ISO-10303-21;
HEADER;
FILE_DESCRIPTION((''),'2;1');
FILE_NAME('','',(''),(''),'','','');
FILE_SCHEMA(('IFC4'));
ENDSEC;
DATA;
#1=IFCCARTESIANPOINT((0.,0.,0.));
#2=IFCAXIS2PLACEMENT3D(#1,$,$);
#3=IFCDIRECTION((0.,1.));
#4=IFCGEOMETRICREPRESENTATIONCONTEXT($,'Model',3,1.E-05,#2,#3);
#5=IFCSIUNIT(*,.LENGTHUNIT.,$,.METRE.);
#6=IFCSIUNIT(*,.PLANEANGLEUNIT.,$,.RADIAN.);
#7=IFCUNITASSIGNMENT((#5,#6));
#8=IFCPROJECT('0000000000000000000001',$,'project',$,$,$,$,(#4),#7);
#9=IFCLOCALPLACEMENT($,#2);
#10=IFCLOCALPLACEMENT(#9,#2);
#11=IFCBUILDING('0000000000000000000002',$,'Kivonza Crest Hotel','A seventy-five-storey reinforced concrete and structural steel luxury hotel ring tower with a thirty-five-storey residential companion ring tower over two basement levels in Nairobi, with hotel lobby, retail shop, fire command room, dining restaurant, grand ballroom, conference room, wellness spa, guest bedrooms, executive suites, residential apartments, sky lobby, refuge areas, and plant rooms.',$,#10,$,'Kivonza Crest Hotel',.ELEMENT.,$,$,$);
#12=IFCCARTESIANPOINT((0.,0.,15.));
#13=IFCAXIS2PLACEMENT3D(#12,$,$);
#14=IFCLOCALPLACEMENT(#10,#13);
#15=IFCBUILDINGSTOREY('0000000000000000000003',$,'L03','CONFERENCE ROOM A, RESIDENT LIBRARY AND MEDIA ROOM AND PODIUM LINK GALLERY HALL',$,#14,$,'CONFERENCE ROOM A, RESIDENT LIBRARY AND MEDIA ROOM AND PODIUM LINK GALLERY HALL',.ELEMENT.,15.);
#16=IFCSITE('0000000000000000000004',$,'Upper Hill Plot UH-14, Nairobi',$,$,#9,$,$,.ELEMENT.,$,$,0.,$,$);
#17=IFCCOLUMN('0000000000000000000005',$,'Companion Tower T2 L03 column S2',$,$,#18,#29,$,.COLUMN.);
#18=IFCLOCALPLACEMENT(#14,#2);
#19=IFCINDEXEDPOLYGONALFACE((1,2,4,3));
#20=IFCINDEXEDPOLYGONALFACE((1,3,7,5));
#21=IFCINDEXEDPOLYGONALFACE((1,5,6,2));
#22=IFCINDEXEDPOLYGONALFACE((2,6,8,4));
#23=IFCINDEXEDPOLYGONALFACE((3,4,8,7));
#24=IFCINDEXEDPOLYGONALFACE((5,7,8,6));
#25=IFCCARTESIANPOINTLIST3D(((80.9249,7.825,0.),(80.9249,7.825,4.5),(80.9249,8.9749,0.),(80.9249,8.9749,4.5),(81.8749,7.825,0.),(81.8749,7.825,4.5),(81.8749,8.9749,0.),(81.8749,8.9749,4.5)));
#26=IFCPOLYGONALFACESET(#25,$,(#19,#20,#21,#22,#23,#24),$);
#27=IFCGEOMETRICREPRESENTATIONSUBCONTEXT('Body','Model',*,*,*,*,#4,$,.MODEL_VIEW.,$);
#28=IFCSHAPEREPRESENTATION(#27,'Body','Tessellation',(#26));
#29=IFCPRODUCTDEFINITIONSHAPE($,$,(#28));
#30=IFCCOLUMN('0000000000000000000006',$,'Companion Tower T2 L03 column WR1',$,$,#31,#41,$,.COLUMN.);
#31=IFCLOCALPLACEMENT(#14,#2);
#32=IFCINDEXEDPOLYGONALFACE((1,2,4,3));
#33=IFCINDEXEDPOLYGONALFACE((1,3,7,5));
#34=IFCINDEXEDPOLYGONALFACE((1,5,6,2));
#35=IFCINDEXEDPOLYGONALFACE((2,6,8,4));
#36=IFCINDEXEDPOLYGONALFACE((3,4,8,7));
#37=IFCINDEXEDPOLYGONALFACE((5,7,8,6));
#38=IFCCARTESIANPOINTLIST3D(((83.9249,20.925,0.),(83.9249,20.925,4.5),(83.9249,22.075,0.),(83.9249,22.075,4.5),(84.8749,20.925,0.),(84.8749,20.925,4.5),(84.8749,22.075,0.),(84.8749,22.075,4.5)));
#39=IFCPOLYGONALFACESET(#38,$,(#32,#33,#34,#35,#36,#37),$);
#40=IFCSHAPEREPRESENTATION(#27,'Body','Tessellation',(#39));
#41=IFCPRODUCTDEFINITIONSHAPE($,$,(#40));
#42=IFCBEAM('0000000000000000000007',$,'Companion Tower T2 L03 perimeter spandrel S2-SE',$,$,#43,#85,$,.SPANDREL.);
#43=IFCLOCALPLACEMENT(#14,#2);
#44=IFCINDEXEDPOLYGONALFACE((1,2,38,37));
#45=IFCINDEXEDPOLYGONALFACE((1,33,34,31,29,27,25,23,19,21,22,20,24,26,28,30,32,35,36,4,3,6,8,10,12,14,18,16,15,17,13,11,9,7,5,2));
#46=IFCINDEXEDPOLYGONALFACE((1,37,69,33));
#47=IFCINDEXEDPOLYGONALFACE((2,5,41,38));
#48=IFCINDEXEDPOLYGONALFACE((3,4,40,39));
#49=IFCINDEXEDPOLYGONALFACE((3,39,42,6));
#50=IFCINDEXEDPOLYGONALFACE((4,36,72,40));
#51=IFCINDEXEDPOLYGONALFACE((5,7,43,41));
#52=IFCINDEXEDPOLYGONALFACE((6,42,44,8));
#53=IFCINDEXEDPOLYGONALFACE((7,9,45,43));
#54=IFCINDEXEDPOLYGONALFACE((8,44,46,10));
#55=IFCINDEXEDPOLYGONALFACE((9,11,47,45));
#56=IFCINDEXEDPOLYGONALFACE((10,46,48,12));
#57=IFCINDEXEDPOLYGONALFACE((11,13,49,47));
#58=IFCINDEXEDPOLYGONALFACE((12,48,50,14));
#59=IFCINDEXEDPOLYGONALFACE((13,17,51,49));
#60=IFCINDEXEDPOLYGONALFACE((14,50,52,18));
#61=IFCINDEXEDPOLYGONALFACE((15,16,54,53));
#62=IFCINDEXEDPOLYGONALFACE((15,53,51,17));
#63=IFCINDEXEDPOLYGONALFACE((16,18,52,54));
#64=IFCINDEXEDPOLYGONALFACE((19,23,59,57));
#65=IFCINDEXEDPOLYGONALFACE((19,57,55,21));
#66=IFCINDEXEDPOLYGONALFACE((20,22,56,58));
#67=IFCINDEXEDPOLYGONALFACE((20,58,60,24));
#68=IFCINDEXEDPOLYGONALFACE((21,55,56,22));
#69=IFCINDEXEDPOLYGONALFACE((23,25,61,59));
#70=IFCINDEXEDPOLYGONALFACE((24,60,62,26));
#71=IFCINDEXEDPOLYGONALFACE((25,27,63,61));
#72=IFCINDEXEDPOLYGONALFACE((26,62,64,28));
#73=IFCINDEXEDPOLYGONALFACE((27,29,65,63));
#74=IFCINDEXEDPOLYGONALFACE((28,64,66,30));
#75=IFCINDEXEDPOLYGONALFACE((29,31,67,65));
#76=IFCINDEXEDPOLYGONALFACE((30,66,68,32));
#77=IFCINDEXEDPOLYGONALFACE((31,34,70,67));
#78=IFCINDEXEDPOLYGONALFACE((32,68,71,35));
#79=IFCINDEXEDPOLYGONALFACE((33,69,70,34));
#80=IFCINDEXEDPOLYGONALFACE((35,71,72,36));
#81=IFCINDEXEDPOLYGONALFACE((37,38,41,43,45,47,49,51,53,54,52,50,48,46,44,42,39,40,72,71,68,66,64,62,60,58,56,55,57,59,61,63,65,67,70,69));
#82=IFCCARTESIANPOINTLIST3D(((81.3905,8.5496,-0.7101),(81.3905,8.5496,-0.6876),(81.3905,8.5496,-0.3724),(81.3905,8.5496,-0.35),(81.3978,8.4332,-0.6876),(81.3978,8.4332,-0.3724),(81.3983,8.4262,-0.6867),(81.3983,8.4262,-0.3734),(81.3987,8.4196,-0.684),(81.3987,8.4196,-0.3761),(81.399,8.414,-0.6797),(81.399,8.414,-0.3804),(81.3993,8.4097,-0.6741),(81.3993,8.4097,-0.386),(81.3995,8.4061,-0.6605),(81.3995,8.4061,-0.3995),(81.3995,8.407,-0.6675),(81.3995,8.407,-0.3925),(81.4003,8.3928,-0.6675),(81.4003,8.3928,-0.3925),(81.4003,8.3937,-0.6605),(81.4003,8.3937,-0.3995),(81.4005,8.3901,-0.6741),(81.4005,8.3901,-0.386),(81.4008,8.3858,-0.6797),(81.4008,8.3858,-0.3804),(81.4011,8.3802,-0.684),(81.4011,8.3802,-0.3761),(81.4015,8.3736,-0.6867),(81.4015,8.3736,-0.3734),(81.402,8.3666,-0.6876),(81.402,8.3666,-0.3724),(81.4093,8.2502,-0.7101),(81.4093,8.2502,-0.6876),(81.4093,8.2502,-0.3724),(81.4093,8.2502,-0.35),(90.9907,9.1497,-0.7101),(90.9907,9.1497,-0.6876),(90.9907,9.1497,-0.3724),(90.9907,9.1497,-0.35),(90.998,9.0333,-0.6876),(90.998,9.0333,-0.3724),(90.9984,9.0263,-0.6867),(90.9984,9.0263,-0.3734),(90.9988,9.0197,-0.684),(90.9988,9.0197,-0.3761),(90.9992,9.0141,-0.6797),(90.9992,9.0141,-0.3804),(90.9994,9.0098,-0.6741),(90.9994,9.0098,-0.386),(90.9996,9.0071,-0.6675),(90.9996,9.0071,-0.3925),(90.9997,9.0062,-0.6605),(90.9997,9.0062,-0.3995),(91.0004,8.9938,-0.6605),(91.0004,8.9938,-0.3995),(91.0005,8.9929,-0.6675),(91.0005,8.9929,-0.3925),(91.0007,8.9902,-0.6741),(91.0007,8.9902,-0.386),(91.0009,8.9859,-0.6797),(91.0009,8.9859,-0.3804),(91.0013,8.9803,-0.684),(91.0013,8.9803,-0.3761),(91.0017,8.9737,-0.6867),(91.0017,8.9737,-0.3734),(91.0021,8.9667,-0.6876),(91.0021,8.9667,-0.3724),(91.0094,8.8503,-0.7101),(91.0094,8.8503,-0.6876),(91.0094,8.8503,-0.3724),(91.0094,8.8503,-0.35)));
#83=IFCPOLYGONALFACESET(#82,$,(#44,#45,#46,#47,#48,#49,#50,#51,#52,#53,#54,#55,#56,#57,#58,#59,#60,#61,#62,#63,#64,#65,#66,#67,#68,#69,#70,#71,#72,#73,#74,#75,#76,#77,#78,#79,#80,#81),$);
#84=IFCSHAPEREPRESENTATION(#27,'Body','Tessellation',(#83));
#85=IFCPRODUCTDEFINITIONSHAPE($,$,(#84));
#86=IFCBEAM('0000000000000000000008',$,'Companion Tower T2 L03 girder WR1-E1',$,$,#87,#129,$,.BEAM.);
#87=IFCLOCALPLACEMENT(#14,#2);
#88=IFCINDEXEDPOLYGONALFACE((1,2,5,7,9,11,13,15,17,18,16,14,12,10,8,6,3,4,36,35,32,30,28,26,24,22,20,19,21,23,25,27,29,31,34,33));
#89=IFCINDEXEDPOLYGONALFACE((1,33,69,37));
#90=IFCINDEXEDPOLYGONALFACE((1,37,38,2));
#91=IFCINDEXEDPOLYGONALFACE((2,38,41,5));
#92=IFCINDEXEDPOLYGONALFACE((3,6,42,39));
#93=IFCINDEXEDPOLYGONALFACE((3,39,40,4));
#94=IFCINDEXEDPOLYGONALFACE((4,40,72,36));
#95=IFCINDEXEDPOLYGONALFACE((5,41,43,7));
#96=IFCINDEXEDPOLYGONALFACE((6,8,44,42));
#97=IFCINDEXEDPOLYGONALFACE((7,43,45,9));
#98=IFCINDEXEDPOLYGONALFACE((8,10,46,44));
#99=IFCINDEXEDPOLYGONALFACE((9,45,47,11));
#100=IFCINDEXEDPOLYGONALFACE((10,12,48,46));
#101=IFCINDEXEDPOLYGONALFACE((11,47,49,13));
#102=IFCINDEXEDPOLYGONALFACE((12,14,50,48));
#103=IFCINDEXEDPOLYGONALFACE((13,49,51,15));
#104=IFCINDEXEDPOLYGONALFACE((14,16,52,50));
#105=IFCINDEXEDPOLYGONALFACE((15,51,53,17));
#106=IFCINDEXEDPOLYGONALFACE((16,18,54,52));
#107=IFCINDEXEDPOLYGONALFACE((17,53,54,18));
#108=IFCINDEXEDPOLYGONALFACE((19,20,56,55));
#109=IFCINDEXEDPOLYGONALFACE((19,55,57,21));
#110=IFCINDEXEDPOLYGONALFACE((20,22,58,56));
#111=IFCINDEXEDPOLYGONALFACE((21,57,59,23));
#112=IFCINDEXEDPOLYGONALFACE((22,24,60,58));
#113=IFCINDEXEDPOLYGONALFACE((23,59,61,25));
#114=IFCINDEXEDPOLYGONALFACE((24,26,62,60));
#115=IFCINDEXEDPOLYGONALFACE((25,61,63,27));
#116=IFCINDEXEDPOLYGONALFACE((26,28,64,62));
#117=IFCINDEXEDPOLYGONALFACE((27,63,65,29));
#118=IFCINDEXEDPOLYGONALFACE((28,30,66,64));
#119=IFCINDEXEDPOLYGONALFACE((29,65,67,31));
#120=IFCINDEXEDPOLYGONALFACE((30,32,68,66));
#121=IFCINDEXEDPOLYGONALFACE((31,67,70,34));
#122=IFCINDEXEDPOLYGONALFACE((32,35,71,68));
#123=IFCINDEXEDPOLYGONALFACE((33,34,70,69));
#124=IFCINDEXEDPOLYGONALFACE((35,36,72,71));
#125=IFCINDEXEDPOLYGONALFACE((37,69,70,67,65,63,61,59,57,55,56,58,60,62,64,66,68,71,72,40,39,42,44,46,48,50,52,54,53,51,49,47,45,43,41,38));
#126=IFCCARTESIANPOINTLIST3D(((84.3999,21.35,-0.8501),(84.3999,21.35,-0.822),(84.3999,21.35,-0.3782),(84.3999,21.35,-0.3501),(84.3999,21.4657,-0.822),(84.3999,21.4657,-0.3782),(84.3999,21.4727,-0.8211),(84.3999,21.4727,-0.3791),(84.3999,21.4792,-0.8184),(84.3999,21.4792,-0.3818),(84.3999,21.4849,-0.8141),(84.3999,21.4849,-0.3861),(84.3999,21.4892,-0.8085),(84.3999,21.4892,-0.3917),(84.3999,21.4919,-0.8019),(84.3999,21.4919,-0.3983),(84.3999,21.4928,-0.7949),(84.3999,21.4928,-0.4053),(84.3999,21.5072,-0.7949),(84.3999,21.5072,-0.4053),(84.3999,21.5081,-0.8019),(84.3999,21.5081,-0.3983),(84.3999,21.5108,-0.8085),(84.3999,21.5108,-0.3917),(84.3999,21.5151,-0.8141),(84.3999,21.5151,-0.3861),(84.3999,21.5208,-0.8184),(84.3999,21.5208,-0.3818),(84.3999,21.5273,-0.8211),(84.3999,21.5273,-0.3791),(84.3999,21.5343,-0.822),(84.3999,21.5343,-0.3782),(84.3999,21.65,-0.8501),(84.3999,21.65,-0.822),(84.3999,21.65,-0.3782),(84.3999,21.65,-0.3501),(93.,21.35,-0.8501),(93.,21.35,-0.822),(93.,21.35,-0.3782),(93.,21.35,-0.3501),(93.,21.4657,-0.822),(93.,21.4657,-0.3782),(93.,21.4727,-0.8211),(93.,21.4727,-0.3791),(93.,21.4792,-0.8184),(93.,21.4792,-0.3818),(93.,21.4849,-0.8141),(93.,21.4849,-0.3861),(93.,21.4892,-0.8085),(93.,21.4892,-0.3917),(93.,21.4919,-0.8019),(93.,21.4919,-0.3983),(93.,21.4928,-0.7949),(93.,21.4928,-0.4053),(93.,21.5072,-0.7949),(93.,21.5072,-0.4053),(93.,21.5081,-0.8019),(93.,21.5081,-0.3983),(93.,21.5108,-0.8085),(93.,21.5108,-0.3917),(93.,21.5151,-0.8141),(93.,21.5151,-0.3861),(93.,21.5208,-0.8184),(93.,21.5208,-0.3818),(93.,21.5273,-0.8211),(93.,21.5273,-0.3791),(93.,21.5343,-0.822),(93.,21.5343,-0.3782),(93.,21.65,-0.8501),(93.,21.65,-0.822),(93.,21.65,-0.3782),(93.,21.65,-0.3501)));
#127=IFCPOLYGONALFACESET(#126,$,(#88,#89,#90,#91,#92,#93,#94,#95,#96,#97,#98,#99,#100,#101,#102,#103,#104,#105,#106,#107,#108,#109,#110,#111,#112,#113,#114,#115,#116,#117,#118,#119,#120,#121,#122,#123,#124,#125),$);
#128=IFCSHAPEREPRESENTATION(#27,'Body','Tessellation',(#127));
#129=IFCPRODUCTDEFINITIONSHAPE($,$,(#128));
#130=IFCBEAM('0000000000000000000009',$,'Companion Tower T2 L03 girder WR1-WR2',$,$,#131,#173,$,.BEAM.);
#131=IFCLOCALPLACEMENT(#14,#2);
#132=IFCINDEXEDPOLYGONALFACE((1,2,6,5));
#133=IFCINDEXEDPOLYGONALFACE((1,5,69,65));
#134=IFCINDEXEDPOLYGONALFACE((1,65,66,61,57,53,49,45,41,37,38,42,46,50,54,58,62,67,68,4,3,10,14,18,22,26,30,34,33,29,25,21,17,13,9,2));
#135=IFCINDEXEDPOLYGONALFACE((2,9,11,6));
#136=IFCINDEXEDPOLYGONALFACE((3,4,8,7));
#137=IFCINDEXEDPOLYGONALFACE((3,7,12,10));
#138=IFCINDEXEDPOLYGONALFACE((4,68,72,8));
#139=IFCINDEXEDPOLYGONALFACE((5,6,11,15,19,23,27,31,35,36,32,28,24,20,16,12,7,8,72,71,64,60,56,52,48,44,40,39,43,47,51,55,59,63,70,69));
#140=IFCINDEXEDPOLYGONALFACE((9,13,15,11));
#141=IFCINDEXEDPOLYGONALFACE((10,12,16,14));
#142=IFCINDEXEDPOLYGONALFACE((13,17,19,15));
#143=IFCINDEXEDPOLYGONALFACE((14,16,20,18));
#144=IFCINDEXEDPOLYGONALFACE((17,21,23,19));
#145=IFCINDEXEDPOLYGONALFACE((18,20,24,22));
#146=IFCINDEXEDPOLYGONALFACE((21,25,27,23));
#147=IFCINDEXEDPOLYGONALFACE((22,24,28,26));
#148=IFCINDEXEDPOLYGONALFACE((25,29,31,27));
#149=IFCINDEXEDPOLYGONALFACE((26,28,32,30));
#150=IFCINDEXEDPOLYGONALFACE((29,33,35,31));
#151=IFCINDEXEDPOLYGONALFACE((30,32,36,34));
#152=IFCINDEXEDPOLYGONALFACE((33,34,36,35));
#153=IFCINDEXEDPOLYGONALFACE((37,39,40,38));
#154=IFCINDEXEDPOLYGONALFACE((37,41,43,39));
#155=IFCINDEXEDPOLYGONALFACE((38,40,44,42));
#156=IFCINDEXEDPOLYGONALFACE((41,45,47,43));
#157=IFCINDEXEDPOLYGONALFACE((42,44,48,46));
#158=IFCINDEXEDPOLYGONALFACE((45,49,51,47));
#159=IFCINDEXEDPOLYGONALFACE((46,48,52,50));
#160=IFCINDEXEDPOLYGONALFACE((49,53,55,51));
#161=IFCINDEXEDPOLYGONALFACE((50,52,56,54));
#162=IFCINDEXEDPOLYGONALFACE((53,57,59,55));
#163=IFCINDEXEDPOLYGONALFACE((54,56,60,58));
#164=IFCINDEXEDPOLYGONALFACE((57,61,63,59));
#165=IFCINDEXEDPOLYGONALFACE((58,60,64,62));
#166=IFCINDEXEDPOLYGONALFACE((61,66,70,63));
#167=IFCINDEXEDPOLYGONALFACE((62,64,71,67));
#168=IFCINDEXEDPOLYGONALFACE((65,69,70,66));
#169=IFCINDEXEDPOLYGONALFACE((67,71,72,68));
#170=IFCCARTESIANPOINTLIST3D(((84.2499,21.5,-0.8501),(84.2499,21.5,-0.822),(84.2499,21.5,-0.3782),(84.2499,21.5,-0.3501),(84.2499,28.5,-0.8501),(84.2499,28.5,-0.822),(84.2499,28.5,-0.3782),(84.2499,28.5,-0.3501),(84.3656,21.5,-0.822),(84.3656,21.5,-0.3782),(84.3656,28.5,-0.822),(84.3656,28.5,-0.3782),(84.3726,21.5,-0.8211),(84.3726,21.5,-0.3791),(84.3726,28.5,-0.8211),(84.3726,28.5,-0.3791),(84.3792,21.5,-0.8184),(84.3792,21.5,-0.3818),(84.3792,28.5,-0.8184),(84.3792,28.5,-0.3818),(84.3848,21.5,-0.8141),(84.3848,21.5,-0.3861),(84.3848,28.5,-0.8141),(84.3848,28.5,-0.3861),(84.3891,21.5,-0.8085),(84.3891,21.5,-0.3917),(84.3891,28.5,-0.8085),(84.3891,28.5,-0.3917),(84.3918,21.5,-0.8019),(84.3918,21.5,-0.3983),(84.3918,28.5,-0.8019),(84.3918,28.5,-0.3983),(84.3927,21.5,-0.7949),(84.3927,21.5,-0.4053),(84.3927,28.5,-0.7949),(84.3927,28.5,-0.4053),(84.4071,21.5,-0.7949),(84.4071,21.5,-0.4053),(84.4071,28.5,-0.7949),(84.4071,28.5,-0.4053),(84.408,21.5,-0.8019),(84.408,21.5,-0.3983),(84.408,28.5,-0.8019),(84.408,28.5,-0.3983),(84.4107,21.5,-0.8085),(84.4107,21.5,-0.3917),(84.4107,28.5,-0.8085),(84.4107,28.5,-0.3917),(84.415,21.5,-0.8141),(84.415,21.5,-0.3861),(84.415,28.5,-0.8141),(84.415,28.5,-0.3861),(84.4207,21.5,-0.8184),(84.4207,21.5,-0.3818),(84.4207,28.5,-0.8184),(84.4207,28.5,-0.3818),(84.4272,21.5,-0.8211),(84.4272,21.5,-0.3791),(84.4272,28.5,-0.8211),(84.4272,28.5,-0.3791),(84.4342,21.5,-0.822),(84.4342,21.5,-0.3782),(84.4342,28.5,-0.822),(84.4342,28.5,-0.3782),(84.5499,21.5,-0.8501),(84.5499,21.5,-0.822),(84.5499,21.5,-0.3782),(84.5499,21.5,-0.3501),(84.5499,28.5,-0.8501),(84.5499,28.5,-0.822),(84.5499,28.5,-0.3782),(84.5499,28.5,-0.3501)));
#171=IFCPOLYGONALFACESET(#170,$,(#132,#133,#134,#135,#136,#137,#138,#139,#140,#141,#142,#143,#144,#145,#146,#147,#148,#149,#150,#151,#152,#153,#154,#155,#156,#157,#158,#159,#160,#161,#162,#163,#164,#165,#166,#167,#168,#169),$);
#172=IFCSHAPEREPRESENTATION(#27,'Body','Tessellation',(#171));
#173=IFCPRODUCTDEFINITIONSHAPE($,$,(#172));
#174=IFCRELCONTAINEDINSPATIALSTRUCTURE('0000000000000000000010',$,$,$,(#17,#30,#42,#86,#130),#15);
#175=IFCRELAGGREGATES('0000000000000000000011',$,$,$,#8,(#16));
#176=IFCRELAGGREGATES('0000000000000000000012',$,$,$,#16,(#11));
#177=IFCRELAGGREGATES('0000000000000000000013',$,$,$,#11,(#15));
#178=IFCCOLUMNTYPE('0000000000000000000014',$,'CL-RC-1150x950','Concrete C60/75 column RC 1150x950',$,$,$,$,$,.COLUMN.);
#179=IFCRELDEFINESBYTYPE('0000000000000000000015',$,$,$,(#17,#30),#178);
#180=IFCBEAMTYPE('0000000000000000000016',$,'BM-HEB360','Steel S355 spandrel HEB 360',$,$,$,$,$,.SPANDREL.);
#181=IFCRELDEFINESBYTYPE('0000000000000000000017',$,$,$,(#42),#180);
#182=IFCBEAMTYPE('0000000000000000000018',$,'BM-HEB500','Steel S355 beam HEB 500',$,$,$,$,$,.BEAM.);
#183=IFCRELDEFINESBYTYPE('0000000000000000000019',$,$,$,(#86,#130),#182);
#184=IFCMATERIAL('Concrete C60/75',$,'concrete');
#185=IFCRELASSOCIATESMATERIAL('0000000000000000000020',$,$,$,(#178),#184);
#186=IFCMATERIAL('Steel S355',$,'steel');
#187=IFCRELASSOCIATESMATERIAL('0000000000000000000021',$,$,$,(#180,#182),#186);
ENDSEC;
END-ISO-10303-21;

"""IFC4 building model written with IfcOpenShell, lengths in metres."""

from ifc_helpers import new_model, si_unit, direction, frame, origin, origin_2d, place, context, subcontext, project, spatial, rectangle, i_section, extrude, material, material_profile, profile_set, type_object, element, save


model = new_model("IFC4")

# Units and contexts
model_context = context("Model", 3, precision=1e-05, world=origin(), true_north=direction((0.0, 1.0)))
body_context = subcontext(model_context, "Body", "Model", "MODEL_VIEW")
ifc_project = project(units=[si_unit("LENGTHUNIT", "METRE"), si_unit("PLANEANGLEUNIT", "RADIAN")], contexts=[model_context])

# Site, building, storey
site_placement = place(None, origin())
site = spatial("IfcSite", under=ifc_project, at=site_placement, Name="Upper Hill Plot UH-14, Nairobi", CompositionType="ELEMENT", RefElevation=0.0)
building_placement = place(site_placement, origin())
building = spatial("IfcBuilding", under=site, at=building_placement, Name="Kivonza Crest Hotel", Description="A seventy-five-storey reinforced concrete and structural steel luxury hotel ring tower with a thirty-five-storey residential companion ring tower over two basement levels in Nairobi, with hotel lobby, retail shop, fire command room, dining restaurant, grand ballroom, conference room, wellness spa, guest bedrooms, executive suites, residential apartments, sky lobby, refuge areas, and plant rooms.", LongName="Kivonza Crest Hotel", CompositionType="ELEMENT")
storey_placement = place(building_placement, frame((0.0, 0.0, 15.0)))
storey = spatial("IfcBuildingStorey", under=building, at=storey_placement, Name="L03", Description="CONFERENCE ROOM A, RESIDENT LIBRARY AND MEDIA ROOM AND PODIUM LINK GALLERY HALL", LongName="CONFERENCE ROOM A, RESIDENT LIBRARY AND MEDIA ROOM AND PODIUM LINK GALLERY HALL", CompositionType="ELEMENT", Elevation=15.0)

# Columns
ifc_material_1 = material(Name="Concrete C60/75", Category="concrete")
ifc_material_profile_1 = material_profile(ifc_material_1, rectangle(XDim=0.95, YDim=1.1499, at=origin_2d()), Name="RC 1150x950")
ifc_profile_set_1 = profile_set([ifc_material_profile_1], Name="Concrete C60/75")
column_type = type_object("IfcColumnType", Name="CL-RC-1150x950", Description="Concrete C60/75 column RC 1150x950", PredefinedType="COLUMN", material=ifc_profile_set_1)
for number, where, z_axis, x_axis, name in (
    (1, (81.3999, 8.3999, 0.0), (0.0, 0.0, 1.0), (1.0, 0.0, 0.0), "Companion Tower T2 L03 column S2"),
    (2, (84.3999, 21.5, 0.0), (0.0, 0.0, 1.0), (1.0, 0.0, 0.0), "Companion Tower T2 L03 column WR1"),
):
    element("IfcColumn", number, at=place(storey_placement, frame(where, z_axis=z_axis, x_axis=x_axis)), inside=storey, type_object=column_type, Name=name, PredefinedType="COLUMN", context=body_context, shape_type="SweptSolid", body=[
        extrude(rectangle(XDim=0.95, YDim=1.1499, at=origin_2d()), origin(), (0.0, 0.0, 1.0), 4.5),
    ])

# Beams
ifc_material_2 = material(Name="Steel S355", Category="steel")
ifc_material_profile_2 = material_profile(ifc_material_2, i_section(OverallWidth=0.3, OverallDepth=0.3601, WebThickness=0.0125, FlangeThickness=0.0225, FilletRadius=0.0271, at=origin_2d()), Name="HEB 360")
ifc_profile_set_2 = profile_set([ifc_material_profile_2], Name="Steel S355")
beam_type_1 = type_object("IfcBeamType", Name="BM-HEB360", Description="Steel S355 spandrel HEB 360", PredefinedType="SPANDREL", material=ifc_profile_set_2)
beam_1_placement = place(storey_placement, frame((81.3999, 8.3999, -0.53), z_axis=(0.998052, 0.062388, 0.0), x_axis=(-0.062388, 0.998052, 0.0)))
element("IfcBeam", 3, at=beam_1_placement, inside=storey, type_object=beam_type_1, Name="Companion Tower T2 L03 perimeter spandrel S2-SE", PredefinedType="SPANDREL", context=body_context, shape_type="SweptSolid", body=[
    extrude(i_section(OverallWidth=0.3, OverallDepth=0.3601, WebThickness=0.0125, FlangeThickness=0.0225, FilletRadius=0.0271, at=origin_2d()), origin(), (0.0, 0.0, 1.0), 9.6189),
])
ifc_material_profile_3 = material_profile(ifc_material_2, i_section(OverallWidth=0.3, OverallDepth=0.5, WebThickness=0.0144, FlangeThickness=0.0281, FilletRadius=0.0271, at=origin_2d()), Name="HEB 500")
ifc_profile_set_3 = profile_set([ifc_material_profile_3], Name="Steel S355")
beam_type_2 = type_object("IfcBeamType", Name="BM-HEB500", Description="Steel S355 beam HEB 500", PredefinedType="BEAM", material=ifc_profile_set_3)
beam_2_placement = place(storey_placement, frame((84.3999, 21.5, -0.6001), z_axis=(1.0, 0.0, 0.0), x_axis=(0.0, 1.0, 0.0)))
element("IfcBeam", 4, at=beam_2_placement, inside=storey, type_object=beam_type_2, Name="Companion Tower T2 L03 girder WR1-E1", PredefinedType="BEAM", context=body_context, shape_type="SweptSolid", body=[
    extrude(i_section(OverallWidth=0.3, OverallDepth=0.5, WebThickness=0.0144, FlangeThickness=0.0281, FilletRadius=0.0271, at=origin_2d()), origin(), (0.0, 0.0, 1.0), 8.6001),
])
beam_3_placement = place(storey_placement, frame((84.3999, 21.5, -0.6001), z_axis=(0.0, 1.0, 0.0), x_axis=(-1.0, 0.0, 0.0)))
element("IfcBeam", 5, at=beam_3_placement, inside=storey, type_object=beam_type_2, Name="Companion Tower T2 L03 girder WR1-WR2", PredefinedType="BEAM", context=body_context, shape_type="SweptSolid", body=[
    extrude(i_section(OverallWidth=0.3, OverallDepth=0.5, WebThickness=0.0144, FlangeThickness=0.0281, FilletRadius=0.0271, at=origin_2d()), origin(), (0.0, 0.0, 1.0), 7.0),
])

save(model, "model.ifc")
